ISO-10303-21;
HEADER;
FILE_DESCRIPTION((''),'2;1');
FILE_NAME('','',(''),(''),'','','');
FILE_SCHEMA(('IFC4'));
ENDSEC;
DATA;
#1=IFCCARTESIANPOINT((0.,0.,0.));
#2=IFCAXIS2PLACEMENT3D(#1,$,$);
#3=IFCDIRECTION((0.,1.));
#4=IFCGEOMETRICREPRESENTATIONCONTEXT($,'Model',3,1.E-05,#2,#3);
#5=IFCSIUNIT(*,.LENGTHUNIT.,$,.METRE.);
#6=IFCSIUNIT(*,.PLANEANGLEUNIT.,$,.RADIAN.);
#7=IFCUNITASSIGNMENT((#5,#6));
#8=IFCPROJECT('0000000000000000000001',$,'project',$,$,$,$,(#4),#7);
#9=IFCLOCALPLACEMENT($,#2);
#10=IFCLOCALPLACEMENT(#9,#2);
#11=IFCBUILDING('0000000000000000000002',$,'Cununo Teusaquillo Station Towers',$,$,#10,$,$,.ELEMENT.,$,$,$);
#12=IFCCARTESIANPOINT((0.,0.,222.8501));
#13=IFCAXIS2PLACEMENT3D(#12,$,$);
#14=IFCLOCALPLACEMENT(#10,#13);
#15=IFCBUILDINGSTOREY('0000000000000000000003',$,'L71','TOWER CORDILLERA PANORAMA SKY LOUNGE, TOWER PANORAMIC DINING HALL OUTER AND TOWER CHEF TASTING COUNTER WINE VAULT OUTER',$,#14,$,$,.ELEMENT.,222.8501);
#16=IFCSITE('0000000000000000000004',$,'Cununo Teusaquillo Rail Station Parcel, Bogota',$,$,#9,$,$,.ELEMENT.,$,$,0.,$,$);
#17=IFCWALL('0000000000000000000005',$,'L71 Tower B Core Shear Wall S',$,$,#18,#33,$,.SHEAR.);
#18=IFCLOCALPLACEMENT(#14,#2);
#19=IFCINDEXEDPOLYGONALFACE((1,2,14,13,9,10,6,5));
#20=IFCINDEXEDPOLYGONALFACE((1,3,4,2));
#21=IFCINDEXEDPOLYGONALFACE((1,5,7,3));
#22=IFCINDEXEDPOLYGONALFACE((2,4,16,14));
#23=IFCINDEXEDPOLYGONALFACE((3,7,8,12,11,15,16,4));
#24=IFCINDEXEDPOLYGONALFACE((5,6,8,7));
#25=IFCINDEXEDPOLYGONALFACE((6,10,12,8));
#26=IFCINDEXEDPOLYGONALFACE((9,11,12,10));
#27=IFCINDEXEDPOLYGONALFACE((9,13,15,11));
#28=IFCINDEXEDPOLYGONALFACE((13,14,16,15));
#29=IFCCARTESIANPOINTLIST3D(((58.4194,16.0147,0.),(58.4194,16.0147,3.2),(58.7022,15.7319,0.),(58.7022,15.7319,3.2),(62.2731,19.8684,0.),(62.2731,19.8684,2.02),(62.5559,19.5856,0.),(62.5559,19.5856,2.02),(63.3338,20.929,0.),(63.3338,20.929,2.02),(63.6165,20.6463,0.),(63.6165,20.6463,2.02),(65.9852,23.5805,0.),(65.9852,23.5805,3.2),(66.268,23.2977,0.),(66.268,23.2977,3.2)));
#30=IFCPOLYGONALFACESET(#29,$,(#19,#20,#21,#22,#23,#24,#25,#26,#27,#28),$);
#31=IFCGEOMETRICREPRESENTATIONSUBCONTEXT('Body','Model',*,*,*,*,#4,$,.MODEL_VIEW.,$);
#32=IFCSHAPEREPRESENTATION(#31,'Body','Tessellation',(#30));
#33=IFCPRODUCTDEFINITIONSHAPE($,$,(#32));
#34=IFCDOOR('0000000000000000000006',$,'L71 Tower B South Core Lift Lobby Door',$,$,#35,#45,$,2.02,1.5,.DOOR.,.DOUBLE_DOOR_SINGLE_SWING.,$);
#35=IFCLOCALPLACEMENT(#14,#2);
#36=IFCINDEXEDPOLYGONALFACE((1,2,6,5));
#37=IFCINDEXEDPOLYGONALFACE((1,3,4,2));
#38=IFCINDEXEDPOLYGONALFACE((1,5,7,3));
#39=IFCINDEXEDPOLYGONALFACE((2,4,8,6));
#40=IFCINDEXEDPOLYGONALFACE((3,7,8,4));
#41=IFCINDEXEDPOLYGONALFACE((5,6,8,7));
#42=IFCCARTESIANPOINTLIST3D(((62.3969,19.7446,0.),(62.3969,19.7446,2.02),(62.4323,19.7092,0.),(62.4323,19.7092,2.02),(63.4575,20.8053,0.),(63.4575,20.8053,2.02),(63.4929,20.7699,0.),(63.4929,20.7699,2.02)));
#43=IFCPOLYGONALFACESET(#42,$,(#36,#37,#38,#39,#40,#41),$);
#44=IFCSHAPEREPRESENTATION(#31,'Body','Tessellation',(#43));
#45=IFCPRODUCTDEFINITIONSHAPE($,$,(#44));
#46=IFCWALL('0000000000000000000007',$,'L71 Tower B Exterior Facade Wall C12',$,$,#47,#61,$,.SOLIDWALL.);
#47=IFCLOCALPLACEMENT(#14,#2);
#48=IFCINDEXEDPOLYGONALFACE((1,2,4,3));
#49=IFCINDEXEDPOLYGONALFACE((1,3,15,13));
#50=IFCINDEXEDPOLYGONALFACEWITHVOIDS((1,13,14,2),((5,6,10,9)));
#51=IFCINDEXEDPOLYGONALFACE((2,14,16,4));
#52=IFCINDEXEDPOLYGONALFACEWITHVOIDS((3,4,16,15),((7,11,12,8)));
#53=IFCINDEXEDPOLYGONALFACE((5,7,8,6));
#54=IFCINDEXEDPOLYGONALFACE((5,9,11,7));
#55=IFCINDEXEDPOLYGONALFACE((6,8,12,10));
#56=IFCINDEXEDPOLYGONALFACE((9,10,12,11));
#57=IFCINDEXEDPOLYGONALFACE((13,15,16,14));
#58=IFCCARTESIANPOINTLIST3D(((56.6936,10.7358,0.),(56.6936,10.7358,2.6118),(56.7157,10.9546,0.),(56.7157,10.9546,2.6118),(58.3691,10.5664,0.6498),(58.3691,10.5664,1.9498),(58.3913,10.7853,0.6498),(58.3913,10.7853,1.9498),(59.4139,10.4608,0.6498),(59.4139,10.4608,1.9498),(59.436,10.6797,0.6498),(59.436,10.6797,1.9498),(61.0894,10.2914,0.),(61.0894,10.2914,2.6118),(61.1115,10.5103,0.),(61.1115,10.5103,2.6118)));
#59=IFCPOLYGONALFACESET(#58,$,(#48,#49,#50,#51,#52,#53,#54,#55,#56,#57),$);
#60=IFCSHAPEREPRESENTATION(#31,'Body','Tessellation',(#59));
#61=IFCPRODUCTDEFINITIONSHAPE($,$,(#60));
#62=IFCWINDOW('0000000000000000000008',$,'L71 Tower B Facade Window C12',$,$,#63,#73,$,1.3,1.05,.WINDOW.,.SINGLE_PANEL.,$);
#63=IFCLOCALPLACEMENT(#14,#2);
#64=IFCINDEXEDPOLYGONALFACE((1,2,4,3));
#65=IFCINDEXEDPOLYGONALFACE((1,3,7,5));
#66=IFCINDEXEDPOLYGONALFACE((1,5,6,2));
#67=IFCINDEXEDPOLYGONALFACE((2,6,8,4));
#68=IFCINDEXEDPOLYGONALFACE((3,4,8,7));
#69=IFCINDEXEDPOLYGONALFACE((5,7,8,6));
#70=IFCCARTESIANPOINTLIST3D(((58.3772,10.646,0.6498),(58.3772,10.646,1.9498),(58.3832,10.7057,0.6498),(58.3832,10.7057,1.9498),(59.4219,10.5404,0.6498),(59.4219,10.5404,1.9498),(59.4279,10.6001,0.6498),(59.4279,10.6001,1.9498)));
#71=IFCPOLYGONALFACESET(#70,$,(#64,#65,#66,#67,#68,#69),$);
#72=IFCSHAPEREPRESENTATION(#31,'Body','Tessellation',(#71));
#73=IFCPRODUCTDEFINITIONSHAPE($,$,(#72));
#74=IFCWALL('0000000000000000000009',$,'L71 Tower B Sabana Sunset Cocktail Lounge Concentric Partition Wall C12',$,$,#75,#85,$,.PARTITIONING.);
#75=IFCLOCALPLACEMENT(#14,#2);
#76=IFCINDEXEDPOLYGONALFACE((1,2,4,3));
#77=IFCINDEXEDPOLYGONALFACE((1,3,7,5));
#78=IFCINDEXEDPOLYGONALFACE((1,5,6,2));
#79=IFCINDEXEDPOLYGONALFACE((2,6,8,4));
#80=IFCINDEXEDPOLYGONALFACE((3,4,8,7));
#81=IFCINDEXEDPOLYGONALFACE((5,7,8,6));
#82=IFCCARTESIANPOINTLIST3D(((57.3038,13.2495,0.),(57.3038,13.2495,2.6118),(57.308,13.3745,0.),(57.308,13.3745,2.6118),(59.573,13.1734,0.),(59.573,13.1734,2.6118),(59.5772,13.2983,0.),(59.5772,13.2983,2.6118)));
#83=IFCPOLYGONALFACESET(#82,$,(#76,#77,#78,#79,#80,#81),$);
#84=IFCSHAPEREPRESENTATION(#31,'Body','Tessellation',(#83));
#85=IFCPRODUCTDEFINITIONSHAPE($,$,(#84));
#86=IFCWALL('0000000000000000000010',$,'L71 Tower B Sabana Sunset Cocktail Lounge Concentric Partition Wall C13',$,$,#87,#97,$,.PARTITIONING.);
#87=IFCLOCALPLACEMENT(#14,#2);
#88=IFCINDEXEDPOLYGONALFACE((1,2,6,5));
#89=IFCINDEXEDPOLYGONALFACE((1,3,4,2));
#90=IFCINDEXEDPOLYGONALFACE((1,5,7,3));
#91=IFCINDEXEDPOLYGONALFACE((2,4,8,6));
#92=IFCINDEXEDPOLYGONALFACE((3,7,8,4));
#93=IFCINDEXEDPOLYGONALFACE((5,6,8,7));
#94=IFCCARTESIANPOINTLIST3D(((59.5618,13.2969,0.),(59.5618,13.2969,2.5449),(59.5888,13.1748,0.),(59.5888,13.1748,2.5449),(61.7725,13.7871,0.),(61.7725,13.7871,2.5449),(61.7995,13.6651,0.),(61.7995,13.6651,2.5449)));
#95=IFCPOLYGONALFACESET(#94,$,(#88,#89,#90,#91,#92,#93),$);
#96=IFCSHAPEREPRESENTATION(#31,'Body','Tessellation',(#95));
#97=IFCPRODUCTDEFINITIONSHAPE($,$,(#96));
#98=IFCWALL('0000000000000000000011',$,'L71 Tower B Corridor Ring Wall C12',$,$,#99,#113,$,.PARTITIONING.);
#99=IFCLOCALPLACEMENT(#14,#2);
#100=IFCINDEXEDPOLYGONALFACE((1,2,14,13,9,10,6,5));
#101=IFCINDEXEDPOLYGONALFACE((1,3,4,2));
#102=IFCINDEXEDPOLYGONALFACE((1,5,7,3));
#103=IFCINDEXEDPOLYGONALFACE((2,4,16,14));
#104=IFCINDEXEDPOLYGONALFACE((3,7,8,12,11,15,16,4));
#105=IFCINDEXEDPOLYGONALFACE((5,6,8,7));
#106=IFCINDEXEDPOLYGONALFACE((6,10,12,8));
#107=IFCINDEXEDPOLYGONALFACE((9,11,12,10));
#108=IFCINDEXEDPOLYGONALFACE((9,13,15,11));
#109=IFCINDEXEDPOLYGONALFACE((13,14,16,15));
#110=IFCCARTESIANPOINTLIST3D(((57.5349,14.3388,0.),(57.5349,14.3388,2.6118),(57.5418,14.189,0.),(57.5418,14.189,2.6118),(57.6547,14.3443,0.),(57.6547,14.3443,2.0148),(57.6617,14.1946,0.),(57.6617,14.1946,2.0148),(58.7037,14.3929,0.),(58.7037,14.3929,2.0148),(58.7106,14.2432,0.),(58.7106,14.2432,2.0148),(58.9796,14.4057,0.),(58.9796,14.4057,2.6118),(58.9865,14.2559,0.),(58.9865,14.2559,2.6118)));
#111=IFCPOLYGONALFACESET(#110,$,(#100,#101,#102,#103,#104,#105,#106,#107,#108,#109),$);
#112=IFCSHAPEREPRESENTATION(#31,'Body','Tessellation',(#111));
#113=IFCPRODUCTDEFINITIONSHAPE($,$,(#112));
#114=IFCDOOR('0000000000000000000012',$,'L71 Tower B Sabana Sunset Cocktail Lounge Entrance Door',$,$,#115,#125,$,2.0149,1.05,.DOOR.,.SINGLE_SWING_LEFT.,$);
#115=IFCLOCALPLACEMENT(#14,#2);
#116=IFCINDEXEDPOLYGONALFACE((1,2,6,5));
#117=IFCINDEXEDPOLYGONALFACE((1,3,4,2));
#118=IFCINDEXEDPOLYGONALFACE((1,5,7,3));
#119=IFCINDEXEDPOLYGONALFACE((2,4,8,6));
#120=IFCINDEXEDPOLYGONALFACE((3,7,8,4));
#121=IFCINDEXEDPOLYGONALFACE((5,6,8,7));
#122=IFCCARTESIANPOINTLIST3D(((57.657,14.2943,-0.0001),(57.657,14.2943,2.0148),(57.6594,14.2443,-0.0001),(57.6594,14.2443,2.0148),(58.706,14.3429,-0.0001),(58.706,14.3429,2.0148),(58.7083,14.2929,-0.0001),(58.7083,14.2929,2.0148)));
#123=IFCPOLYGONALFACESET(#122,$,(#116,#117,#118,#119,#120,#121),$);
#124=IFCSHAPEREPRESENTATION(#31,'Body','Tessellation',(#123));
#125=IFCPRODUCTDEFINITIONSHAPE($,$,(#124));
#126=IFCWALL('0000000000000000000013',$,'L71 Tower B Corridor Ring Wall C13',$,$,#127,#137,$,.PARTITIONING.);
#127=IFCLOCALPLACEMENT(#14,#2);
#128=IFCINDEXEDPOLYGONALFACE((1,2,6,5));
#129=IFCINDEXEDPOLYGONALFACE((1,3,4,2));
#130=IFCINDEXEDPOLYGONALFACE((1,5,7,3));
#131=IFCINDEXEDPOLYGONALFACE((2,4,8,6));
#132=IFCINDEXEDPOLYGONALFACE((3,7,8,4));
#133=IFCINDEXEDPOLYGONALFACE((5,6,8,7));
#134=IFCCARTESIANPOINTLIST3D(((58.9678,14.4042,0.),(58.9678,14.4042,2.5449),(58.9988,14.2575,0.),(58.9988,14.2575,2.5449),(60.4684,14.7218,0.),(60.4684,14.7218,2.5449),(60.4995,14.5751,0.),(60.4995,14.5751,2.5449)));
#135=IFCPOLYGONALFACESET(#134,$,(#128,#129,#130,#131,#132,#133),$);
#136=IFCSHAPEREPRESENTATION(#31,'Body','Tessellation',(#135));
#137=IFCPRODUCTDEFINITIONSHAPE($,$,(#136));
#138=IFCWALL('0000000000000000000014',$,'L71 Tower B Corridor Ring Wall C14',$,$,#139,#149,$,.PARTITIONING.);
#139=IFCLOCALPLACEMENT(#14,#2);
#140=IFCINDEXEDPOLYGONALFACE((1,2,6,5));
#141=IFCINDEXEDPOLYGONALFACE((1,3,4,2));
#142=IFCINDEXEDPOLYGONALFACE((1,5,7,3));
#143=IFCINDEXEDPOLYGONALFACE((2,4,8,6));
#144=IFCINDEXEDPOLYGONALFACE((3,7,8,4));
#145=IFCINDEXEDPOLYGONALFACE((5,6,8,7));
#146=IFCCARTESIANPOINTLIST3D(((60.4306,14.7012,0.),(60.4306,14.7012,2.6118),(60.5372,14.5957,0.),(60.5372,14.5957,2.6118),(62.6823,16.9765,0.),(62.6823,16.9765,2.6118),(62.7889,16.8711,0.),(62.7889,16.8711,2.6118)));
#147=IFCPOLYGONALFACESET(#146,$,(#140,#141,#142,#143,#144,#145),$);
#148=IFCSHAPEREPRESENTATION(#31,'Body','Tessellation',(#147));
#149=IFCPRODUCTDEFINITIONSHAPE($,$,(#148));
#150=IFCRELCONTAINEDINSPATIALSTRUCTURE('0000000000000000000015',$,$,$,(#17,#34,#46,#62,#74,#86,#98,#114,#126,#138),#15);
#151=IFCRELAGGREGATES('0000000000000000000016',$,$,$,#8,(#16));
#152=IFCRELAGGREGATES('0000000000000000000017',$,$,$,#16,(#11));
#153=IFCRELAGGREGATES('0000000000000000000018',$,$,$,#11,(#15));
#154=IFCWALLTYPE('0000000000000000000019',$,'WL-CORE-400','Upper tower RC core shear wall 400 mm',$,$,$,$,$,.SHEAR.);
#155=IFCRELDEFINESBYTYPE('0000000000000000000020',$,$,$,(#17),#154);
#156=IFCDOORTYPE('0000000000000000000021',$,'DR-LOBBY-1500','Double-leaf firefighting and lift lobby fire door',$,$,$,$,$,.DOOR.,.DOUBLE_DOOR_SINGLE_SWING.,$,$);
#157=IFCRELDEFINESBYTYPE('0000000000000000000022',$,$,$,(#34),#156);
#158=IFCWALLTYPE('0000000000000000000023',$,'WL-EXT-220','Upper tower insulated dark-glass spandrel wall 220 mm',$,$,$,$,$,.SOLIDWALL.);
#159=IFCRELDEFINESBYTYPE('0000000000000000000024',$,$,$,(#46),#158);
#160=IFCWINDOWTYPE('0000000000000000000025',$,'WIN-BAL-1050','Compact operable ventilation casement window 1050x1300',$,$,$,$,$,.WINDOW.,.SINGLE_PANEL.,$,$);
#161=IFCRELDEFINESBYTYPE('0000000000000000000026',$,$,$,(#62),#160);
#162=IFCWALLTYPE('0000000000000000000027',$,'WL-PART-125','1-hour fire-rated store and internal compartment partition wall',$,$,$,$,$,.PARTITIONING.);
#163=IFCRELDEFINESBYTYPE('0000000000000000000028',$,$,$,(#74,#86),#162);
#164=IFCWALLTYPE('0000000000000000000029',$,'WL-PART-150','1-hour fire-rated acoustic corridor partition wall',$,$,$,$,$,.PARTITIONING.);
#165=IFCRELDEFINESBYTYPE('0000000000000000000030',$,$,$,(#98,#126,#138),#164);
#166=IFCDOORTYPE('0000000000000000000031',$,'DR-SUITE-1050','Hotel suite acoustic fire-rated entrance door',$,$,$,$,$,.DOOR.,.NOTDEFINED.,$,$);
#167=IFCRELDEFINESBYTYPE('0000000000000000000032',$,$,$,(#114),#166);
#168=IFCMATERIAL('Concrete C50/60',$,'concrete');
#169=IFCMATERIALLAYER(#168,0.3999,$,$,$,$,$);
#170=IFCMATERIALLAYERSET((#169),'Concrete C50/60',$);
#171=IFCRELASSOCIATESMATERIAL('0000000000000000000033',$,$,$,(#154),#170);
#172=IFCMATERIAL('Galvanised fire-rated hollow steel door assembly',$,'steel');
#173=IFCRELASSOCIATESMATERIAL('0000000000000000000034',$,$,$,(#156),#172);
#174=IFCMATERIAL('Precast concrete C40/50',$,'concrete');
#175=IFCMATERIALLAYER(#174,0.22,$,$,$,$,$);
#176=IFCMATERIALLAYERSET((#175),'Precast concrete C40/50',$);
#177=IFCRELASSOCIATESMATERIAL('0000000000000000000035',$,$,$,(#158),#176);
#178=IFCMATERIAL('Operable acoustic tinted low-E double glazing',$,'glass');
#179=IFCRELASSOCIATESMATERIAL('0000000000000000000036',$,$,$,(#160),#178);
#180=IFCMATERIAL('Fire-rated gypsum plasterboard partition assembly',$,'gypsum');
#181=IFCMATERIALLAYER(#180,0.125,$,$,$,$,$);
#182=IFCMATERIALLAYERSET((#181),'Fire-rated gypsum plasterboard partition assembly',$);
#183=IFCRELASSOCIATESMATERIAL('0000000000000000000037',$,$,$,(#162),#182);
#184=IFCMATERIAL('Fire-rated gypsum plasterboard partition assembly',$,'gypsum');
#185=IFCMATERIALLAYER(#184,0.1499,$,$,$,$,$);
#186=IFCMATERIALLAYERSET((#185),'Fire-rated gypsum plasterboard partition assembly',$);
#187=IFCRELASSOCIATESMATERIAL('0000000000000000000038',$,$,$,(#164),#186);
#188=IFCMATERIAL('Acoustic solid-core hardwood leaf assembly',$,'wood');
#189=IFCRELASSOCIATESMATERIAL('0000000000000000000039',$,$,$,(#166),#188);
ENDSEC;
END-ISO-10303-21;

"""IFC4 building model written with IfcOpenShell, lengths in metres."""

from ifc_helpers import new_model, si_unit, direction, frame, frame_2d, origin, place, context, subcontext, project, spatial, rectangle, extrude, source, transform, mapped, material, layer, layer_set, type_object, element, fill, save


model = new_model("IFC4")

# Units and contexts
model_context = context("Model", 3, precision=1e-05, world=origin(), true_north=direction((0.0, 1.0)))
body_context = subcontext(model_context, "Body", "Model", "MODEL_VIEW")
ifc_project = project(units=[si_unit("LENGTHUNIT", "METRE"), si_unit("PLANEANGLEUNIT", "RADIAN")], contexts=[model_context])

# Site, building, storey
site_placement = place(None, origin())
site = spatial("IfcSite", under=ifc_project, at=site_placement, Name="Cununo Teusaquillo Rail Station Parcel, Bogota", CompositionType="ELEMENT", RefElevation=0.0)
building_placement = place(site_placement, origin())
building = spatial("IfcBuilding", under=site, at=building_placement, Name="Cununo Teusaquillo Station Towers", CompositionType="ELEMENT")
storey_placement = place(building_placement, frame((0.0, 0.0, 222.8501)))
storey = spatial("IfcBuildingStorey", under=building, at=storey_placement, Name="L71", Description="TOWER CORDILLERA PANORAMA SKY LOUNGE, TOWER PANORAMIC DINING HALL OUTER AND TOWER CHEF TASTING COUNTER WINE VAULT OUTER", CompositionType="ELEMENT", Elevation=222.8501)

# Shared definitions
ifc_material_1 = material(Name="Concrete C50/60", Category="concrete")
ifc_layer_1 = layer(ifc_material_1, 0.3999)
ifc_layer_set_1 = layer_set([ifc_layer_1], Name="Concrete C50/60")
wall_type_1 = type_object("IfcWallType", Name="WL-CORE-400", Description="Upper tower RC core shear wall 400 mm", PredefinedType="SHEAR", material=ifc_layer_set_1)

# Wall, opening, door
wall_1_placement = place(storey_placement, frame((58.5608, 15.8733, 0.0), z_axis=(0.0, 0.0, 1.0), x_axis=(0.707107, 0.707107, 0.0)))
wall_1 = element("IfcWall", 1, at=wall_1_placement, inside=storey, type_object=wall_type_1, Name="L71 Tower B Core Shear Wall S", PredefinedType="SHEAR", context=body_context, shape_type="SweptSolid", body=[
    extrude(rectangle(XDim=10.6997, YDim=0.3999, at=frame_2d((5.3499, 0.0))), origin(), (0.0, 0.0, 1.0), 3.2),
])
shared_shape_1 = source(origin(), body_context, "Body", "SweptSolid", [
    extrude(rectangle(XDim=1.5, YDim=2.02, at=frame_2d((0.75, 1.01))), frame((0.0, 0.21, 0.0), z_axis=(0.0, -1.0, 0.0), x_axis=(1.0, 0.0, 0.0)), (0.0, 0.0, 1.0), 0.4199),
])
opening_1_placement = place(wall_1_placement, frame((5.45, 0.0, 0.0)))
opening_1 = element("IfcOpeningElement", 2, at=opening_1_placement, cuts=wall_1, PredefinedType="OPENING", context=body_context, shape_type="MappedRepresentation", body=[
    mapped(shared_shape_1, transform((0.0, 0.0, 0.0), x_axis=(1.0, 0.0, 0.0), y_axis=(0.0, 1.0, 0.0), z_axis=(0.0, 0.0, 1.0), scale=1.0)),
])
ifc_material_2 = material(Name="Galvanised fire-rated hollow steel door assembly", Category="steel")
door_type_1 = type_object("IfcDoorType", Name="DR-LOBBY-1500", Description="Double-leaf firefighting and lift lobby fire door", OperationType="DOUBLE_DOOR_SINGLE_SWING", PredefinedType="DOOR", material=ifc_material_2)
shared_shape_2 = source(origin(), body_context, "Body", "SweptSolid", [
    extrude(rectangle(XDim=1.5, YDim=2.02, at=frame_2d((0.75, 1.01))), frame((0.0, 0.0249, 0.0), z_axis=(0.0, -1.0, 0.0), x_axis=(1.0, 0.0, 0.0)), (0.0, 0.0, 1.0), 0.05),
])
door_1_placement = place(opening_1_placement, origin())
door_1 = element("IfcDoor", 3, at=door_1_placement, inside=storey, type_object=door_type_1, Name="L71 Tower B South Core Lift Lobby Door", OperationType="DOUBLE_DOOR_SINGLE_SWING", OverallHeight=2.02, OverallWidth=1.5, PredefinedType="DOOR", context=body_context, shape_type="MappedRepresentation", body=[
    mapped(shared_shape_2, transform((0.0, 0.0, 0.0), x_axis=(1.0, 0.0, 0.0), y_axis=(0.0, 1.0, 0.0), z_axis=(0.0, 0.0, 1.0), scale=1.0)),
])
fill(opening_1, door_1)

# Wall, opening, window
ifc_material_3 = material(Name="Precast concrete C40/50", Category="concrete")
ifc_layer_2 = layer(ifc_material_3, 0.22)
ifc_layer_set_2 = layer_set([ifc_layer_2], Name="Precast concrete C40/50")
wall_type_2 = type_object("IfcWallType", Name="WL-EXT-220", Description="Upper tower insulated dark-glass spandrel wall 220 mm", PredefinedType="SOLIDWALL", material=ifc_layer_set_2)
wall_2_placement = place(storey_placement, frame((61.1003, 10.4009, 0.0), z_axis=(0.0, 0.0, 1.0), x_axis=(-0.99493, 0.100571, 0.0)))
wall_2 = element("IfcWall", 4, at=wall_2_placement, inside=storey, type_object=wall_type_2, Name="L71 Tower B Exterior Facade Wall C12", PredefinedType="SOLIDWALL", context=body_context, shape_type="SweptSolid", body=[
    extrude(rectangle(XDim=4.4182, YDim=0.22, at=frame_2d((2.209, 0.0))), origin(), (0.0, 0.0, 1.0), 2.6118),
])
shared_shape_3 = source(origin(), body_context, "Body", "SweptSolid", [
    extrude(rectangle(XDim=1.05, YDim=1.3, at=frame_2d((0.5249, 0.6499))), frame((0.0, 0.1199, 0.0), z_axis=(0.0, -1.0, 0.0), x_axis=(1.0, 0.0, 0.0)), (0.0, 0.0, 1.0), 0.24),
])
opening_2_placement = place(wall_2_placement, frame((1.6841, 0.0, 0.6499)))
opening_2 = element("IfcOpeningElement", 5, at=opening_2_placement, cuts=wall_2, PredefinedType="OPENING", context=body_context, shape_type="MappedRepresentation", body=[
    mapped(shared_shape_3, transform((0.0, 0.0, 0.0), x_axis=(1.0, 0.0, 0.0), y_axis=(0.0, 1.0, 0.0), z_axis=(0.0, 0.0, 1.0), scale=1.0)),
])
ifc_material_4 = material(Name="Operable acoustic tinted low-E double glazing", Category="glass")
window_type = type_object("IfcWindowType", Name="WIN-BAL-1050", Description="Compact operable ventilation casement window 1050x1300", PartitioningType="SINGLE_PANEL", PredefinedType="WINDOW", material=ifc_material_4)
shared_shape_4 = source(origin(), body_context, "Body", "SweptSolid", [
    extrude(rectangle(XDim=1.05, YDim=1.3, at=frame_2d((0.5249, 0.6499))), frame((0.0, 0.03, 0.0), z_axis=(0.0, -1.0, 0.0), x_axis=(1.0, 0.0, 0.0)), (0.0, 0.0, 1.0), 0.0601),
])
window_placement = place(opening_2_placement, origin())
window = element("IfcWindow", 6, at=window_placement, inside=storey, type_object=window_type, Name="L71 Tower B Facade Window C12", OverallHeight=1.3, OverallWidth=1.05, PartitioningType="SINGLE_PANEL", PredefinedType="WINDOW", context=body_context, shape_type="MappedRepresentation", body=[
    mapped(shared_shape_4, transform((0.0, 0.0, 0.0), x_axis=(1.0, 0.0, 0.0), y_axis=(0.0, 1.0, 0.0), z_axis=(0.0, 0.0, 1.0), scale=1.0)),
])
fill(opening_2, window)

# Walls
ifc_material_5 = material(Name="Fire-rated gypsum plasterboard partition assembly", Category="gypsum")
ifc_layer_3 = layer(ifc_material_5, 0.125)
ifc_layer_set_3 = layer_set([ifc_layer_3], Name="Fire-rated gypsum plasterboard partition assembly")
wall_type_3 = type_object("IfcWallType", Name="WL-PART-125", Description="1-hour fire-rated store and internal compartment partition wall", PredefinedType="PARTITIONING", material=ifc_layer_set_3)
wall_3_placement = place(storey_placement, frame((57.3059, 13.312, 0.0), z_axis=(0.0, 0.0, 1.0), x_axis=(0.999437, -0.033548, 0.0)))
element("IfcWall", 7, at=wall_3_placement, inside=storey, type_object=wall_type_3, Name="L71 Tower B Sabana Sunset Cocktail Lounge Concentric Partition Wall C12", PredefinedType="PARTITIONING", context=body_context, shape_type="SweptSolid", body=[
    extrude(rectangle(XDim=2.2705, YDim=0.125, at=frame_2d((1.1353, 0.0))), origin(), (0.0, 0.0, 1.0), 2.6118),
])
wall_4_placement = place(storey_placement, frame((59.5752, 13.2358, 0.0), z_axis=(0.0, 0.0, 1.0), x_axis=(0.976283, 0.216497, 0.0)))
element("IfcWall", 8, at=wall_4_placement, inside=storey, type_object=wall_type_3, Name="L71 Tower B Sabana Sunset Cocktail Lounge Concentric Partition Wall C13", PredefinedType="PARTITIONING", context=body_context, shape_type="SweptSolid", body=[
    extrude(rectangle(XDim=2.2644, YDim=0.125, at=frame_2d((1.1323, 0.0))), origin(), (0.0, 0.0, 1.0), 2.5449),
])

# Wall, opening, door
ifc_material_6 = material(Name="Fire-rated gypsum plasterboard partition assembly", Category="gypsum")
ifc_layer_4 = layer(ifc_material_6, 0.1499)
ifc_layer_set_4 = layer_set([ifc_layer_4], Name="Fire-rated gypsum plasterboard partition assembly")
wall_type_4 = type_object("IfcWallType", Name="WL-PART-150", Description="1-hour fire-rated acoustic corridor partition wall", PredefinedType="PARTITIONING", material=ifc_layer_set_4)
wall_5_placement = place(storey_placement, frame((57.5383, 14.2639, 0.0), z_axis=(0.0, 0.0, 1.0), x_axis=(0.99893, 0.04625, 0.0)))
wall_5 = element("IfcWall", 9, at=wall_5_placement, inside=storey, type_object=wall_type_4, Name="L71 Tower B Corridor Ring Wall C12", PredefinedType="PARTITIONING", context=body_context, shape_type="SweptSolid", body=[
    extrude(rectangle(XDim=1.4463, YDim=0.1499, at=frame_2d((0.7231, 0.0))), origin(), (0.0, 0.0, 1.0), 2.6118),
])
shared_shape_5 = source(origin(), body_context, "Body", "SweptSolid", [
    extrude(rectangle(XDim=1.05, YDim=2.0149, at=frame_2d((0.5249, 1.0073))), frame((0.0, 0.085, 0.0), z_axis=(0.0, -1.0, 0.0), x_axis=(1.0, 0.0, 0.0)), (0.0, 0.0, 1.0), 0.1699),
])
opening_3_placement = place(wall_5_placement, frame((0.1201, 0.0, 0.0)))
opening_3 = element("IfcOpeningElement", 10, at=opening_3_placement, cuts=wall_5, PredefinedType="OPENING", context=body_context, shape_type="MappedRepresentation", body=[
    mapped(shared_shape_5, transform((0.0, 0.0, 0.0), x_axis=(1.0, 0.0, 0.0), y_axis=(0.0, 1.0, 0.0), z_axis=(0.0, 0.0, 1.0), scale=1.0)),
])
ifc_material_7 = material(Name="Acoustic solid-core hardwood leaf assembly", Category="wood")
door_type_2 = type_object("IfcDoorType", Name="DR-SUITE-1050", Description="Hotel suite acoustic fire-rated entrance door", OperationType="NOTDEFINED", PredefinedType="DOOR", material=ifc_material_7)
shared_shape_6 = source(origin(), body_context, "Body", "SweptSolid", [
    extrude(rectangle(XDim=1.05, YDim=2.0149, at=frame_2d((0.5249, 1.0073))), frame((0.0, 0.0249, 0.0), z_axis=(0.0, -1.0, 0.0), x_axis=(1.0, 0.0, 0.0)), (0.0, 0.0, 1.0), 0.05),
])
door_2_placement = place(opening_3_placement, origin())
door_2 = element("IfcDoor", 11, at=door_2_placement, inside=storey, type_object=door_type_2, Name="L71 Tower B Sabana Sunset Cocktail Lounge Entrance Door", OperationType="SINGLE_SWING_LEFT", OverallHeight=2.0149, OverallWidth=1.05, PredefinedType="DOOR", context=body_context, shape_type="MappedRepresentation", body=[
    mapped(shared_shape_6, transform((0.0, 0.0, 0.0), x_axis=(1.0, 0.0, 0.0), y_axis=(0.0, 1.0, 0.0), z_axis=(0.0, 0.0, 1.0), scale=1.0)),
])
fill(opening_3, door_2)

# Walls
wall_6_placement = place(storey_placement, frame((58.9832, 14.3308, 0.0), z_axis=(0.0, 0.0, 1.0), x_axis=(0.978328, 0.207061, 0.0)))
element("IfcWall", 12, at=wall_6_placement, inside=storey, type_object=wall_type_4, Name="L71 Tower B Corridor Ring Wall C13", PredefinedType="PARTITIONING", context=body_context, shape_type="SweptSolid", body=[
    extrude(rectangle(XDim=1.5339, YDim=0.1499, at=frame_2d((0.7671, 0.0))), origin(), (0.0, 0.0, 1.0), 2.5449),
])
wall_7_placement = place(storey_placement, frame((60.4839, 14.6484, 0.0), z_axis=(0.0, 0.0, 1.0), x_axis=(0.703398, 0.710796, 0.0)))
element("IfcWall", 13, at=wall_7_placement, inside=storey, type_object=wall_type_4, Name="L71 Tower B Corridor Ring Wall C14", PredefinedType="PARTITIONING", context=body_context, shape_type="SweptSolid", body=[
    extrude(rectangle(XDim=3.2012, YDim=0.1499, at=frame_2d((1.6006, 0.0))), origin(), (0.0, 0.0, 1.0), 2.6118),
])

save(model, "model.ifc")
